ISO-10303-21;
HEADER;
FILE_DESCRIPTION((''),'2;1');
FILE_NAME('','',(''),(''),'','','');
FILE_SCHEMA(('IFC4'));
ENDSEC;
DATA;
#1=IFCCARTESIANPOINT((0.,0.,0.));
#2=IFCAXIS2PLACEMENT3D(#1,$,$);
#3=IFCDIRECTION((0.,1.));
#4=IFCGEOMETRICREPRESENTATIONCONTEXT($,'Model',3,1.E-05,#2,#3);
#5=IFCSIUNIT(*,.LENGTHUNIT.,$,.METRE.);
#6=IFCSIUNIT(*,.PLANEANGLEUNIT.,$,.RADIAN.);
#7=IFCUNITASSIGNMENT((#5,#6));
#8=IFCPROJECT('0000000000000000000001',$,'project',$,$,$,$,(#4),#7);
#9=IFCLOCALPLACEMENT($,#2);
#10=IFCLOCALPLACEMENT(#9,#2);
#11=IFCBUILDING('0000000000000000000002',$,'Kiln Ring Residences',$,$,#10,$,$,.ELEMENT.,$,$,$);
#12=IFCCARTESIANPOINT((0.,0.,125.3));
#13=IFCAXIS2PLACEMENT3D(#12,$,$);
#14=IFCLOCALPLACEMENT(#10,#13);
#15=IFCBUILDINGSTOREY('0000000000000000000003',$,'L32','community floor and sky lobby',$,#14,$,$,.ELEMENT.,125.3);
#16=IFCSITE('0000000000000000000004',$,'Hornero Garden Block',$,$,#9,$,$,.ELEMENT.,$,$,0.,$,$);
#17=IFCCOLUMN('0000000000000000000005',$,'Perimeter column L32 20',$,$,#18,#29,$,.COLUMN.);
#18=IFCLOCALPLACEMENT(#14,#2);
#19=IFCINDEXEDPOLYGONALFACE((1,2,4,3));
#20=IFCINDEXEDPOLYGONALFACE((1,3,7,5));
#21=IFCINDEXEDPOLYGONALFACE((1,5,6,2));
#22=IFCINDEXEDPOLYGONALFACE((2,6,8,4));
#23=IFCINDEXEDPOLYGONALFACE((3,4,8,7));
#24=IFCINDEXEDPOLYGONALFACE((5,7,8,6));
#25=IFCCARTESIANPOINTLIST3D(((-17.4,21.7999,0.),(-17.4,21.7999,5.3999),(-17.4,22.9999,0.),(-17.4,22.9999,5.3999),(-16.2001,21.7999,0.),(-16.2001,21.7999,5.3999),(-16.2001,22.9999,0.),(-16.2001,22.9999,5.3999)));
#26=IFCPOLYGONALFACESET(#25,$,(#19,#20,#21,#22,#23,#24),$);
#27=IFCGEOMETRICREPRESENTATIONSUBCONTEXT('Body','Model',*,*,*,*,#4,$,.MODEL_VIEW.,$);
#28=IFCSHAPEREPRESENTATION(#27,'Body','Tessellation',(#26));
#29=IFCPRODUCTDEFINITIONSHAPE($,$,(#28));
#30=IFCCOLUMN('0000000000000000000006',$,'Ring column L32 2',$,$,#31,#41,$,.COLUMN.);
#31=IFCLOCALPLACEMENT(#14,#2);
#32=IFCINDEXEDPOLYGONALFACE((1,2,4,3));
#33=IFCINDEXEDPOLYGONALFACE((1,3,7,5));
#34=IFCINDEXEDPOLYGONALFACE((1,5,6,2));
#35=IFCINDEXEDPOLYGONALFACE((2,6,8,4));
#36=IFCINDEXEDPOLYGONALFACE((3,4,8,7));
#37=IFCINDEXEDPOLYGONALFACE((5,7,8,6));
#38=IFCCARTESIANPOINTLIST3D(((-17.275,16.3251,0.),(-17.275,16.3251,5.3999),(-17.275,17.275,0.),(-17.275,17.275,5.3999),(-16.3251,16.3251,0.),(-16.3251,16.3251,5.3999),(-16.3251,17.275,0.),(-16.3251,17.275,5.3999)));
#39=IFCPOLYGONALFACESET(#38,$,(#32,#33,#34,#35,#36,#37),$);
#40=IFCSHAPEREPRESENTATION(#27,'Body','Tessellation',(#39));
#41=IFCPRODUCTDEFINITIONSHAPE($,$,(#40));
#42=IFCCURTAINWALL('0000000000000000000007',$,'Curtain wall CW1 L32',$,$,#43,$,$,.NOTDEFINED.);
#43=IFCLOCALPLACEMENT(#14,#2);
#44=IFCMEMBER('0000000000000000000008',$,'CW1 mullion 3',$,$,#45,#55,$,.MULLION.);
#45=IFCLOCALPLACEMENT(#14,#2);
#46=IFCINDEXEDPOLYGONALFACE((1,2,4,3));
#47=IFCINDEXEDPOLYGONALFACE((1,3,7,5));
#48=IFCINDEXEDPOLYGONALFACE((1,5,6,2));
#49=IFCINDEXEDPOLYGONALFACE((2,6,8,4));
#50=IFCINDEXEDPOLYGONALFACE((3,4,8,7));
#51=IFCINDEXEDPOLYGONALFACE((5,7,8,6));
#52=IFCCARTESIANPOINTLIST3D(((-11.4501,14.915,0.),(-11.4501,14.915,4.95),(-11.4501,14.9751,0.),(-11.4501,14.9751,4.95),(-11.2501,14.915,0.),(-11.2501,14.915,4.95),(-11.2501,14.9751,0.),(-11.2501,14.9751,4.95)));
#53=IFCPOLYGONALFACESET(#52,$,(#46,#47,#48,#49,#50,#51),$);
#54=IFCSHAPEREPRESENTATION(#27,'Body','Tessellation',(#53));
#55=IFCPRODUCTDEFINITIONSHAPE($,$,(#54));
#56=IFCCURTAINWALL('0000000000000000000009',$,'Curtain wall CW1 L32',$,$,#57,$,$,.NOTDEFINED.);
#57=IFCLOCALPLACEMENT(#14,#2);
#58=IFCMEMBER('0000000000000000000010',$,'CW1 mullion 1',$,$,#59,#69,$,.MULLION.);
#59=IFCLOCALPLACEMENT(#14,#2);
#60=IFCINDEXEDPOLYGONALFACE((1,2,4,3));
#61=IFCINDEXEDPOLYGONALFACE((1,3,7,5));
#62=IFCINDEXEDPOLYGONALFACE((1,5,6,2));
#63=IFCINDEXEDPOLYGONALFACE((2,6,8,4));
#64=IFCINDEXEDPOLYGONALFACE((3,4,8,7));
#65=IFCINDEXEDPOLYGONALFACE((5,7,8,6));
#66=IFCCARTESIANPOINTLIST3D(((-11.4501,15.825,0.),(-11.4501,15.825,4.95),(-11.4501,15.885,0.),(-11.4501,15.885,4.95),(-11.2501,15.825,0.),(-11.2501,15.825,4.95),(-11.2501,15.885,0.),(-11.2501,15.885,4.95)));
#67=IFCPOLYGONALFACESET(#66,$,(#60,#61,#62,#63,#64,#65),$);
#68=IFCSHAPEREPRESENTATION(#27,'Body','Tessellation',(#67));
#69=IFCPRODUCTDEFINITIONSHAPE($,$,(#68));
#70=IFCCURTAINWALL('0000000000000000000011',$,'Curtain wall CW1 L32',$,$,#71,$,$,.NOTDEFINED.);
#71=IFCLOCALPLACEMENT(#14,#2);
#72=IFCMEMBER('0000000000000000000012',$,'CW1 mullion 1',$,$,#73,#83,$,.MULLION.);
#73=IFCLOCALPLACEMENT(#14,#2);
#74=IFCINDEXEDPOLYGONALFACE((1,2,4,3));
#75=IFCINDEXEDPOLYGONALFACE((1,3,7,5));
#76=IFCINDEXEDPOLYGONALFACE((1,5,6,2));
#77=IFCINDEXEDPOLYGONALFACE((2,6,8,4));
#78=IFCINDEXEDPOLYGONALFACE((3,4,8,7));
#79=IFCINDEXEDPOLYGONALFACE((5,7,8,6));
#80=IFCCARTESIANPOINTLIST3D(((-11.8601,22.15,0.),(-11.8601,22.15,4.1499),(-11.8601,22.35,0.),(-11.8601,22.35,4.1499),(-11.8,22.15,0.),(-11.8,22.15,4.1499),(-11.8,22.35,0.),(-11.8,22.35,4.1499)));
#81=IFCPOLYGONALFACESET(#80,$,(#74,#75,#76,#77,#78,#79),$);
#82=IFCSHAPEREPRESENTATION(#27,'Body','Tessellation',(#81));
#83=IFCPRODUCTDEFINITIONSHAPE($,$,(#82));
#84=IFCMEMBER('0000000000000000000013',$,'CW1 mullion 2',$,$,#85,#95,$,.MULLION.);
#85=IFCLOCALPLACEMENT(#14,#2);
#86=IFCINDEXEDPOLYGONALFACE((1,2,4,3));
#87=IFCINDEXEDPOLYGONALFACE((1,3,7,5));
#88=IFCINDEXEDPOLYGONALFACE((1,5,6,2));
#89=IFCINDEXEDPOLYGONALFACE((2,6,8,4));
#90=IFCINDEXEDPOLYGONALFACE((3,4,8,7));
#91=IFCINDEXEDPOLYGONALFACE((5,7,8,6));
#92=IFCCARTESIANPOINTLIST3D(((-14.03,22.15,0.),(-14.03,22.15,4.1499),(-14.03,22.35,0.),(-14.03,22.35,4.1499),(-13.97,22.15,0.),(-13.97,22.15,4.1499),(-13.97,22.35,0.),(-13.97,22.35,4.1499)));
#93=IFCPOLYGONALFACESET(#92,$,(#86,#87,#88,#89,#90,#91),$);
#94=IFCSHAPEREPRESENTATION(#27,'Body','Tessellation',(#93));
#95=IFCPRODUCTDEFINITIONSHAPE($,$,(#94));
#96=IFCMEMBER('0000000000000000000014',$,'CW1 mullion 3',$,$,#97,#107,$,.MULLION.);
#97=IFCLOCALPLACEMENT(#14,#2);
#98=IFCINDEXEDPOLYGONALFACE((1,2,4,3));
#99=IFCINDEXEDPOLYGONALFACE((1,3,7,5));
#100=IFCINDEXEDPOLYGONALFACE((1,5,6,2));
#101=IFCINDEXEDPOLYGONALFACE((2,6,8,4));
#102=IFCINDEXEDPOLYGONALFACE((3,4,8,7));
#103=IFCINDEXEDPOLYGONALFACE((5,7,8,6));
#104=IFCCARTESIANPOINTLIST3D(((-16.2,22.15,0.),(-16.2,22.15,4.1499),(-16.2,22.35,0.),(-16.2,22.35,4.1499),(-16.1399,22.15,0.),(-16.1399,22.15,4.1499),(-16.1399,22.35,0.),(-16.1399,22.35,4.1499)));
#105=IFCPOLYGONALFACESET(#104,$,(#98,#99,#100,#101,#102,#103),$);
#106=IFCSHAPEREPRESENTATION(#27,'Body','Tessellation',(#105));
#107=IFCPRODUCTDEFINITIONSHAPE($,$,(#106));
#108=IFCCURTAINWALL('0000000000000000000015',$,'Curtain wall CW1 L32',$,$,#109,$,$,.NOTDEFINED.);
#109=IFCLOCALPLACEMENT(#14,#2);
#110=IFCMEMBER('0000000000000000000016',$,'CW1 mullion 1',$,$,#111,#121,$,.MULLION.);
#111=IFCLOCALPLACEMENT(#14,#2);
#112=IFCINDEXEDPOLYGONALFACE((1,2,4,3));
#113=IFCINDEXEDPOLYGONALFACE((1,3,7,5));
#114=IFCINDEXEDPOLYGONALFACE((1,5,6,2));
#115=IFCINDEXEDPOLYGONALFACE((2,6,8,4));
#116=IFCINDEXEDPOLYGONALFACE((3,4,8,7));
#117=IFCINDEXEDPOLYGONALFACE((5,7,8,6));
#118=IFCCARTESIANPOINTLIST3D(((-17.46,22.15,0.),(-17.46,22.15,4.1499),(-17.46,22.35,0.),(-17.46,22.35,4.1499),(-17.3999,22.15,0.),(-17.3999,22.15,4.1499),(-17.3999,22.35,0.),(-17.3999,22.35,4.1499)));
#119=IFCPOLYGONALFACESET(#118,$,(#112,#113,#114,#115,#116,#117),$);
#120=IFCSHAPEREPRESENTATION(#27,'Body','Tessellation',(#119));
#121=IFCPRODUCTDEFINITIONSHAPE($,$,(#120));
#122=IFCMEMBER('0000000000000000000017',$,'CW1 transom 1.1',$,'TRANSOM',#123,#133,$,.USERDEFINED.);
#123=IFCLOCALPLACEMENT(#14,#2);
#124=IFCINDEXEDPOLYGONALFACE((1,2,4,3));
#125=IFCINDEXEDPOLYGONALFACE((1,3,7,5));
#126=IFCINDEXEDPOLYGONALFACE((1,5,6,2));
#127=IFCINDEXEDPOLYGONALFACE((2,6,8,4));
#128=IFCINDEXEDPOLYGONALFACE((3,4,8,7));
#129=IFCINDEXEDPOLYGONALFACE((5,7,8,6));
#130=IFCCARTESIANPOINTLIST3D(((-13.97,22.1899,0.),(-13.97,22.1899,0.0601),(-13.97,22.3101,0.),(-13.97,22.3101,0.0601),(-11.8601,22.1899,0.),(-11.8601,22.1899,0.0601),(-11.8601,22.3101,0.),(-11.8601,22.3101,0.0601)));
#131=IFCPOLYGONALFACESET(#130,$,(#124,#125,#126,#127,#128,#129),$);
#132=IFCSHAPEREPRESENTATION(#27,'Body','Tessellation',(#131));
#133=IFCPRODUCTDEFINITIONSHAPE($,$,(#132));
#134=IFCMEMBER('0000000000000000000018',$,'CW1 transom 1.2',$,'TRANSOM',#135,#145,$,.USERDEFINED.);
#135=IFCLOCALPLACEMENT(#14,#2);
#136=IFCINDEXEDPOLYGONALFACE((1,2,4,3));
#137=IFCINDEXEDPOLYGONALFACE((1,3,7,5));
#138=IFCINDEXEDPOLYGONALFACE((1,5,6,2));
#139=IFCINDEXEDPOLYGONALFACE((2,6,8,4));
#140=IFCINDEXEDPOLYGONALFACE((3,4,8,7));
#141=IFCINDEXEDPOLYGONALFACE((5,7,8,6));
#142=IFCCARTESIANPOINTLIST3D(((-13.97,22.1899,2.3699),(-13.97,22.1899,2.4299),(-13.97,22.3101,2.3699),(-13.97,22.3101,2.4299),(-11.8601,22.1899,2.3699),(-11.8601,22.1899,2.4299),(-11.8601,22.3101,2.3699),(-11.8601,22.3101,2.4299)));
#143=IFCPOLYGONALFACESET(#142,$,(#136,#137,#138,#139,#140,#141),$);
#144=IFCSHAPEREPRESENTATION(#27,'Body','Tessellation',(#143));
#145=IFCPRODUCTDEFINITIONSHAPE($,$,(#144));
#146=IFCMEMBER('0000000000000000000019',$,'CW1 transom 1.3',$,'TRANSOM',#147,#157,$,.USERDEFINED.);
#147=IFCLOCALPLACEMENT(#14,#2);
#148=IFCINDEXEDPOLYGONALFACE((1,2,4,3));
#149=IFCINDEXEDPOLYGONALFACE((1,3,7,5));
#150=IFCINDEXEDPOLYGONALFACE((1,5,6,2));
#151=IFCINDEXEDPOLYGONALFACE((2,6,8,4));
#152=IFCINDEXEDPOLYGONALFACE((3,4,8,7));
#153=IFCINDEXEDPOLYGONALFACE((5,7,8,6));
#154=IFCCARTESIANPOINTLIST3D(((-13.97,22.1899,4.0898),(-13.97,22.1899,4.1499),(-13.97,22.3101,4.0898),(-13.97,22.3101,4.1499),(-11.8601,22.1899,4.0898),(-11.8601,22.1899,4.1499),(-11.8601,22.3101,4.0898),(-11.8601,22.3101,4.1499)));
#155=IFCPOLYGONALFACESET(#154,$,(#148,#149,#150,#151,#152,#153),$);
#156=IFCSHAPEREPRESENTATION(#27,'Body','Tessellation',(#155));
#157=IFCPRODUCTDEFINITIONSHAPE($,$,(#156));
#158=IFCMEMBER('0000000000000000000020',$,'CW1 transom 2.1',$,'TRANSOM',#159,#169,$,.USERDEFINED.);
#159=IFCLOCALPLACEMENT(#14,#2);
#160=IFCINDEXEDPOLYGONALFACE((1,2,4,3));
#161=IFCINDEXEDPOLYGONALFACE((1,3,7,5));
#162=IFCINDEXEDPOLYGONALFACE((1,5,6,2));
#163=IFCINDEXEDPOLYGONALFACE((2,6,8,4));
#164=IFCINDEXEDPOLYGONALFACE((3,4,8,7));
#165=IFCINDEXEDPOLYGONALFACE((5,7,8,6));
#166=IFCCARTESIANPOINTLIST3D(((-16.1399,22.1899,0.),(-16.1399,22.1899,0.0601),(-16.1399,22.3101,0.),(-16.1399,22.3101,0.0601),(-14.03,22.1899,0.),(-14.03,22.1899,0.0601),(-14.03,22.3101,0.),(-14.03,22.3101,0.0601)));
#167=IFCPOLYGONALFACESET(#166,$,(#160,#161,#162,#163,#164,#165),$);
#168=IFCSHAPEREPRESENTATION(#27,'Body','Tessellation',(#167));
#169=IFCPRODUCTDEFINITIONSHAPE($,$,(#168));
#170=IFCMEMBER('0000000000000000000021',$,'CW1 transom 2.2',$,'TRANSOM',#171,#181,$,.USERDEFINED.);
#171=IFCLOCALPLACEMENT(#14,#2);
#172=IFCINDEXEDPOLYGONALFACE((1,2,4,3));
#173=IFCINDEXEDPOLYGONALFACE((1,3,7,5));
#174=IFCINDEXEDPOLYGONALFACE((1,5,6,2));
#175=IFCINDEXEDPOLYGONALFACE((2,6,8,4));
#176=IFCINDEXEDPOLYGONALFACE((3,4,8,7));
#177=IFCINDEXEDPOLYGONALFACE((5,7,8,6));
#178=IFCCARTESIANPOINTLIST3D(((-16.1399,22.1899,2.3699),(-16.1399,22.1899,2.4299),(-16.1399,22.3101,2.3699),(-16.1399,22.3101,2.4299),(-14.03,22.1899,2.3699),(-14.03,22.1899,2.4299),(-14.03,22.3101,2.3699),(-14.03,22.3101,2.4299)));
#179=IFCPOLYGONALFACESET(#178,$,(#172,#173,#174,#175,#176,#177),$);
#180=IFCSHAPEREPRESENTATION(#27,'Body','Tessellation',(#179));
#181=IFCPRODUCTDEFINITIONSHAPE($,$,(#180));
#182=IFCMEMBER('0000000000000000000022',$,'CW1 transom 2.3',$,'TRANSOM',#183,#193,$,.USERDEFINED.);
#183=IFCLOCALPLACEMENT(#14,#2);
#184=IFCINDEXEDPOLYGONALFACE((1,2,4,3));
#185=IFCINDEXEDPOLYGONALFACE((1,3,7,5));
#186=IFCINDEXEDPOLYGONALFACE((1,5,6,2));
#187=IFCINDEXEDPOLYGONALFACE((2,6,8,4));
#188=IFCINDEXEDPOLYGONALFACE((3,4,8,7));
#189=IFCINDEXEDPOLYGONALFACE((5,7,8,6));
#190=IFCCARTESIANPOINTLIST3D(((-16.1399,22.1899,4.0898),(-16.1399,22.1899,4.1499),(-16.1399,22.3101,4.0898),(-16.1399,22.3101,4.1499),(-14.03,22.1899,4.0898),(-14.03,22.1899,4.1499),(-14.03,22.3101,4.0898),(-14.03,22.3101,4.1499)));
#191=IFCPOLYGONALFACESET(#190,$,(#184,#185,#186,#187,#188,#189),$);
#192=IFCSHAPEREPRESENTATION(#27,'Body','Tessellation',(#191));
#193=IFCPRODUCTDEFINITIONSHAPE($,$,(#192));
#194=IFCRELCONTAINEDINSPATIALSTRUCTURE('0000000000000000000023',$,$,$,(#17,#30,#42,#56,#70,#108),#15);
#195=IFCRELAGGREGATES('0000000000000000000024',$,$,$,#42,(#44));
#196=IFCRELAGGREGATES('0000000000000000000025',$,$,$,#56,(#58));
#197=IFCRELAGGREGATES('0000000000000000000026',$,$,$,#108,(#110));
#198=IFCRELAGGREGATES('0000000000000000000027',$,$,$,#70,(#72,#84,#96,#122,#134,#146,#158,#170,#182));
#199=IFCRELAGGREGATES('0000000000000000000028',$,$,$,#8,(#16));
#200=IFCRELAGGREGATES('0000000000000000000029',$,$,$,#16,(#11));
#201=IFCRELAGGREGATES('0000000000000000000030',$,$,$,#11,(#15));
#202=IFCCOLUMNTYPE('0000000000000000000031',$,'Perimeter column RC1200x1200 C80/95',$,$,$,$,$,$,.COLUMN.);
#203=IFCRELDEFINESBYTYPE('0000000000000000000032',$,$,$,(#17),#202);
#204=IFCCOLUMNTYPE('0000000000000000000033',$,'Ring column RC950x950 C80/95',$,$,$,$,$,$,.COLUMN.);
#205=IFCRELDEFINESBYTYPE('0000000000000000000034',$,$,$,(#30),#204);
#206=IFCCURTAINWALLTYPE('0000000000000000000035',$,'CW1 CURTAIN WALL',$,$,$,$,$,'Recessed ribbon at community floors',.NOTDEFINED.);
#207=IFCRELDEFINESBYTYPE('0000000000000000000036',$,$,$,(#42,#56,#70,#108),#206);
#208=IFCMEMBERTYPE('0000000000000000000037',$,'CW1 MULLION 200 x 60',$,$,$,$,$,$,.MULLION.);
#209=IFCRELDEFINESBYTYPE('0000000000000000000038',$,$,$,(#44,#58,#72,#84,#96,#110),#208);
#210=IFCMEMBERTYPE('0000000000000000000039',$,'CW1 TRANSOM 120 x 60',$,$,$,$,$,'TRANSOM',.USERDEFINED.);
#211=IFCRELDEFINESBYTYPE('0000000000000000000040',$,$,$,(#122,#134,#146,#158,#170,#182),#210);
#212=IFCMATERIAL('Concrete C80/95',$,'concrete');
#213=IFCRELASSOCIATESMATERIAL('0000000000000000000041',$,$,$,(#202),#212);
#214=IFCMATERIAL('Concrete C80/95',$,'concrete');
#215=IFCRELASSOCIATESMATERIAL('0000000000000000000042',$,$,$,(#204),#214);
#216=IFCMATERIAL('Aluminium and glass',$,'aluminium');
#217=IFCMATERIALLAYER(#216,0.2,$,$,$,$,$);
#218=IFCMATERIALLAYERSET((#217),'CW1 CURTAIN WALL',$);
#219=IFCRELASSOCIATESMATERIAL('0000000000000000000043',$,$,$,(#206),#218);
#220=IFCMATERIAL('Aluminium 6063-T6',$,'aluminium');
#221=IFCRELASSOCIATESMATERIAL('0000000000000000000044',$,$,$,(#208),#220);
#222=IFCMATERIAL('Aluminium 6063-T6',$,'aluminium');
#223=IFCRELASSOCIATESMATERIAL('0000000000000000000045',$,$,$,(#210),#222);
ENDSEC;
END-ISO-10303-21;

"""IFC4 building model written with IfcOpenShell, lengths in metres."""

from ifc_helpers import new_model, si_unit, direction, frame, origin, origin_2d, place, context, subcontext, project, spatial, rectangle, extrude, material, layer, layer_set, material_profile, profile_set, type_object, element, aggregate, save


model = new_model("IFC4")

# Units and contexts
model_context = context("Model", 3, precision=1e-05, world=origin(), true_north=direction((0.0, 1.0)))
body_context = subcontext(model_context, "Body", "Model", "MODEL_VIEW")
ifc_project = project(units=[si_unit("LENGTHUNIT", "METRE"), si_unit("PLANEANGLEUNIT", "RADIAN")], contexts=[model_context])

# Site, building, storey
site_placement = place(None, origin())
site = spatial("IfcSite", under=ifc_project, at=site_placement, Name="Hornero Garden Block", CompositionType="ELEMENT", RefElevation=0.0)
building_placement = place(site_placement, origin())
building = spatial("IfcBuilding", under=site, at=building_placement, Name="Kiln Ring Residences", CompositionType="ELEMENT")
storey_placement = place(building_placement, frame((0.0, 0.0, 125.3)))
storey = spatial("IfcBuildingStorey", under=building, at=storey_placement, Name="L32", Description="community floor and sky lobby", CompositionType="ELEMENT", Elevation=125.3)

# Columns
ifc_material_1 = material(Name="Concrete C80/95", Category="concrete")
ifc_material_profile_1 = material_profile(ifc_material_1, rectangle(XDim=1.2, YDim=1.2, at=origin_2d()), Name="RC1200x1200")
ifc_profile_set_1 = profile_set([ifc_material_profile_1], Name="Concrete C80/95")
column_type_1 = type_object("IfcColumnType", Name="Perimeter column RC1200x1200 C80/95", PredefinedType="COLUMN", material=ifc_profile_set_1)
column_1_placement = place(storey_placement, frame((-16.8, 22.3999, 0.0), z_axis=(0.0, 0.0, 1.0), x_axis=(1.0, 0.0, 0.0)))
element("IfcColumn", 1, at=column_1_placement, inside=storey, type_object=column_type_1, Name="Perimeter column L32 20", PredefinedType="COLUMN", context=body_context, shape_type="SweptSolid", body=[
    extrude(rectangle(XDim=1.2, YDim=1.2, at=origin_2d()), origin(), (0.0, 0.0, 1.0), 5.3999),
])
ifc_material_2 = material(Name="Concrete C80/95", Category="concrete")
ifc_material_profile_2 = material_profile(ifc_material_2, rectangle(XDim=0.95, YDim=0.95, at=origin_2d()), Name="RC950x950")
ifc_profile_set_2 = profile_set([ifc_material_profile_2], Name="Concrete C80/95")
column_type_2 = type_object("IfcColumnType", Name="Ring column RC950x950 C80/95", PredefinedType="COLUMN", material=ifc_profile_set_2)
column_2_placement = place(storey_placement, frame((-16.8, 16.8, 0.0), z_axis=(0.0, 0.0, 1.0), x_axis=(1.0, 0.0, 0.0)))
element("IfcColumn", 2, at=column_2_placement, inside=storey, type_object=column_type_2, Name="Ring column L32 2", PredefinedType="COLUMN", context=body_context, shape_type="SweptSolid", body=[
    extrude(rectangle(XDim=0.95, YDim=0.95, at=origin_2d()), origin(), (0.0, 0.0, 1.0), 5.3999),
])

# Curtain walls, members
ifc_material_3 = material(Name="Aluminium and glass", Category="aluminium")
ifc_layer_1 = layer(ifc_material_3, 0.2)
ifc_layer_set_1 = layer_set([ifc_layer_1], Name="CW1 CURTAIN WALL")
curtain_wall_type = type_object("IfcCurtainWallType", Name="CW1 CURTAIN WALL", ElementType="Recessed ribbon at community floors", PredefinedType="NOTDEFINED", material=ifc_layer_set_1)
placement = place(storey_placement, origin())
curtain_wall_1 = element("IfcCurtainWall", 3, at=placement, inside=storey, type_object=curtain_wall_type, Name="Curtain wall CW1 L32", PredefinedType="NOTDEFINED")
ifc_material_4 = material(Name="Aluminium 6063-T6", Category="aluminium")
ifc_material_profile_3 = material_profile(ifc_material_4, rectangle(XDim=0.2, YDim=0.0601, at=origin_2d()), Name="AL 200x60")
ifc_profile_set_3 = profile_set([ifc_material_profile_3], Name="Aluminium 6063-T6")
member_type_1 = type_object("IfcMemberType", Name="CW1 MULLION 200 x 60", PredefinedType="MULLION", material=ifc_profile_set_3)
member_1_placement = place(storey_placement, frame((-11.3501, 14.9451, 0.0), z_axis=(0.0, 0.0, 1.0), x_axis=(-1.0, 0.0, 0.0)))
member_1 = element("IfcMember", 4, at=member_1_placement, type_object=member_type_1, Name="CW1 mullion 3", PredefinedType="MULLION", context=body_context, shape_type="SweptSolid", body=[
    extrude(rectangle(XDim=0.2, YDim=0.0601, at=origin_2d()), origin(), (0.0, 0.0, 1.0), 4.95),
])
aggregate(curtain_wall_1, [member_1])
curtain_wall_2 = element("IfcCurtainWall", 5, at=placement, inside=storey, type_object=curtain_wall_type, Name="Curtain wall CW1 L32", PredefinedType="NOTDEFINED")
member_2_placement = place(storey_placement, frame((-11.3501, 15.855, 0.0), z_axis=(0.0, 0.0, 1.0), x_axis=(-1.0, 0.0, 0.0)))
member_2 = element("IfcMember", 6, at=member_2_placement, type_object=member_type_1, Name="CW1 mullion 1", PredefinedType="MULLION", context=body_context, shape_type="SweptSolid", body=[
    extrude(rectangle(XDim=0.2, YDim=0.0601, at=origin_2d()), origin(), (0.0, 0.0, 1.0), 4.95),
])
aggregate(curtain_wall_2, [member_2])

# Curtain wall, members
curtain_wall_3 = element("IfcCurtainWall", 7, at=placement, inside=storey, type_object=curtain_wall_type, Name="Curtain wall CW1 L32", PredefinedType="NOTDEFINED")
member_3_placement = place(storey_placement, frame((-11.8301, 22.25, 0.0), z_axis=(0.0, 0.0, 1.0), x_axis=(0.0, -1.0, 0.0)))
member_3 = element("IfcMember", 8, at=member_3_placement, type_object=member_type_1, Name="CW1 mullion 1", PredefinedType="MULLION", context=body_context, shape_type="SweptSolid", body=[
    extrude(rectangle(XDim=0.2, YDim=0.0601, at=origin_2d()), origin(), (0.0, 0.0, 1.0), 4.1499),
])
member_4_placement = place(storey_placement, frame((-14.0, 22.25, 0.0), z_axis=(0.0, 0.0, 1.0), x_axis=(0.0, -1.0, 0.0)))
member_4 = element("IfcMember", 9, at=member_4_placement, type_object=member_type_1, Name="CW1 mullion 2", PredefinedType="MULLION", context=body_context, shape_type="SweptSolid", body=[
    extrude(rectangle(XDim=0.2, YDim=0.0601, at=origin_2d()), origin(), (0.0, 0.0, 1.0), 4.1499),
])
member_5_placement = place(storey_placement, frame((-16.1699, 22.25, 0.0), z_axis=(0.0, 0.0, 1.0), x_axis=(0.0, -1.0, 0.0)))
member_5 = element("IfcMember", 10, at=member_5_placement, type_object=member_type_1, Name="CW1 mullion 3", PredefinedType="MULLION", context=body_context, shape_type="SweptSolid", body=[
    extrude(rectangle(XDim=0.2, YDim=0.0601, at=origin_2d()), origin(), (0.0, 0.0, 1.0), 4.1499),
])

# Curtain wall, member
curtain_wall_4 = element("IfcCurtainWall", 11, at=placement, inside=storey, type_object=curtain_wall_type, Name="Curtain wall CW1 L32", PredefinedType="NOTDEFINED")
member_6_placement = place(storey_placement, frame((-17.4299, 22.25, 0.0), z_axis=(0.0, 0.0, 1.0), x_axis=(0.0, -1.0, 0.0)))
member_6 = element("IfcMember", 12, at=member_6_placement, type_object=member_type_1, Name="CW1 mullion 1", PredefinedType="MULLION", context=body_context, shape_type="SweptSolid", body=[
    extrude(rectangle(XDim=0.2, YDim=0.0601, at=origin_2d()), origin(), (0.0, 0.0, 1.0), 4.1499),
])

# Members
ifc_material_5 = material(Name="Aluminium 6063-T6", Category="aluminium")
ifc_material_profile_4 = material_profile(ifc_material_5, rectangle(XDim=0.1201, YDim=0.0601, at=origin_2d()), Name="AL 120x60")
ifc_profile_set_4 = profile_set([ifc_material_profile_4], Name="Aluminium 6063-T6")
member_type_2 = type_object("IfcMemberType", Name="CW1 TRANSOM 120 x 60", ElementType="TRANSOM", PredefinedType="USERDEFINED", material=ifc_profile_set_4)
member_7_placement = place(storey_placement, frame((-11.8601, 22.25, 0.03), z_axis=(-1.0, 0.0, 0.0), x_axis=(0.0, -1.0, 0.0)))
member_7 = element("IfcMember", 13, at=member_7_placement, type_object=member_type_2, Name="CW1 transom 1.1", ObjectType="TRANSOM", PredefinedType="USERDEFINED", context=body_context, shape_type="SweptSolid", body=[
    extrude(rectangle(XDim=0.1201, YDim=0.0601, at=origin_2d()), origin(), (0.0, 0.0, 1.0), 2.1099),
])
member_8_placement = place(storey_placement, frame((-11.8601, 22.25, 2.3999), z_axis=(-1.0, 0.0, 0.0), x_axis=(0.0, -1.0, 0.0)))
member_8 = element("IfcMember", 14, at=member_8_placement, type_object=member_type_2, Name="CW1 transom 1.2", ObjectType="TRANSOM", PredefinedType="USERDEFINED", context=body_context, shape_type="SweptSolid", body=[
    extrude(rectangle(XDim=0.1201, YDim=0.0601, at=origin_2d()), origin(), (0.0, 0.0, 1.0), 2.1099),
])
member_9_placement = place(storey_placement, frame((-11.8601, 22.25, 4.1199), z_axis=(-1.0, 0.0, 0.0), x_axis=(0.0, -1.0, 0.0)))
member_9 = element("IfcMember", 15, at=member_9_placement, type_object=member_type_2, Name="CW1 transom 1.3", ObjectType="TRANSOM", PredefinedType="USERDEFINED", context=body_context, shape_type="SweptSolid", body=[
    extrude(rectangle(XDim=0.1201, YDim=0.0601, at=origin_2d()), origin(), (0.0, 0.0, 1.0), 2.1099),
])
member_10_placement = place(storey_placement, frame((-14.03, 22.25, 0.03), z_axis=(-1.0, 0.0, 0.0), x_axis=(0.0, -1.0, 0.0)))
member_10 = element("IfcMember", 16, at=member_10_placement, type_object=member_type_2, Name="CW1 transom 2.1", ObjectType="TRANSOM", PredefinedType="USERDEFINED", context=body_context, shape_type="SweptSolid", body=[
    extrude(rectangle(XDim=0.1201, YDim=0.0601, at=origin_2d()), origin(), (0.0, 0.0, 1.0), 2.1099),
])
member_11_placement = place(storey_placement, frame((-14.03, 22.25, 2.3999), z_axis=(-1.0, 0.0, 0.0), x_axis=(0.0, -1.0, 0.0)))
member_11 = element("IfcMember", 17, at=member_11_placement, type_object=member_type_2, Name="CW1 transom 2.2", ObjectType="TRANSOM", PredefinedType="USERDEFINED", context=body_context, shape_type="SweptSolid", body=[
    extrude(rectangle(XDim=0.1201, YDim=0.0601, at=origin_2d()), origin(), (0.0, 0.0, 1.0), 2.1099),
])
member_12_placement = place(storey_placement, frame((-14.03, 22.25, 4.1199), z_axis=(-1.0, 0.0, 0.0), x_axis=(0.0, -1.0, 0.0)))
member_12 = element("IfcMember", 18, at=member_12_placement, type_object=member_type_2, Name="CW1 transom 2.3", ObjectType="TRANSOM", PredefinedType="USERDEFINED", context=body_context, shape_type="SweptSolid", body=[
    extrude(rectangle(XDim=0.1201, YDim=0.0601, at=origin_2d()), origin(), (0.0, 0.0, 1.0), 2.1099),
])
aggregate(curtain_wall_4, [member_6])

aggregate(curtain_wall_3, [member_3, member_4, member_5, member_7, member_8, member_9, member_10, member_11, member_12])

save(model, "model.ifc")
